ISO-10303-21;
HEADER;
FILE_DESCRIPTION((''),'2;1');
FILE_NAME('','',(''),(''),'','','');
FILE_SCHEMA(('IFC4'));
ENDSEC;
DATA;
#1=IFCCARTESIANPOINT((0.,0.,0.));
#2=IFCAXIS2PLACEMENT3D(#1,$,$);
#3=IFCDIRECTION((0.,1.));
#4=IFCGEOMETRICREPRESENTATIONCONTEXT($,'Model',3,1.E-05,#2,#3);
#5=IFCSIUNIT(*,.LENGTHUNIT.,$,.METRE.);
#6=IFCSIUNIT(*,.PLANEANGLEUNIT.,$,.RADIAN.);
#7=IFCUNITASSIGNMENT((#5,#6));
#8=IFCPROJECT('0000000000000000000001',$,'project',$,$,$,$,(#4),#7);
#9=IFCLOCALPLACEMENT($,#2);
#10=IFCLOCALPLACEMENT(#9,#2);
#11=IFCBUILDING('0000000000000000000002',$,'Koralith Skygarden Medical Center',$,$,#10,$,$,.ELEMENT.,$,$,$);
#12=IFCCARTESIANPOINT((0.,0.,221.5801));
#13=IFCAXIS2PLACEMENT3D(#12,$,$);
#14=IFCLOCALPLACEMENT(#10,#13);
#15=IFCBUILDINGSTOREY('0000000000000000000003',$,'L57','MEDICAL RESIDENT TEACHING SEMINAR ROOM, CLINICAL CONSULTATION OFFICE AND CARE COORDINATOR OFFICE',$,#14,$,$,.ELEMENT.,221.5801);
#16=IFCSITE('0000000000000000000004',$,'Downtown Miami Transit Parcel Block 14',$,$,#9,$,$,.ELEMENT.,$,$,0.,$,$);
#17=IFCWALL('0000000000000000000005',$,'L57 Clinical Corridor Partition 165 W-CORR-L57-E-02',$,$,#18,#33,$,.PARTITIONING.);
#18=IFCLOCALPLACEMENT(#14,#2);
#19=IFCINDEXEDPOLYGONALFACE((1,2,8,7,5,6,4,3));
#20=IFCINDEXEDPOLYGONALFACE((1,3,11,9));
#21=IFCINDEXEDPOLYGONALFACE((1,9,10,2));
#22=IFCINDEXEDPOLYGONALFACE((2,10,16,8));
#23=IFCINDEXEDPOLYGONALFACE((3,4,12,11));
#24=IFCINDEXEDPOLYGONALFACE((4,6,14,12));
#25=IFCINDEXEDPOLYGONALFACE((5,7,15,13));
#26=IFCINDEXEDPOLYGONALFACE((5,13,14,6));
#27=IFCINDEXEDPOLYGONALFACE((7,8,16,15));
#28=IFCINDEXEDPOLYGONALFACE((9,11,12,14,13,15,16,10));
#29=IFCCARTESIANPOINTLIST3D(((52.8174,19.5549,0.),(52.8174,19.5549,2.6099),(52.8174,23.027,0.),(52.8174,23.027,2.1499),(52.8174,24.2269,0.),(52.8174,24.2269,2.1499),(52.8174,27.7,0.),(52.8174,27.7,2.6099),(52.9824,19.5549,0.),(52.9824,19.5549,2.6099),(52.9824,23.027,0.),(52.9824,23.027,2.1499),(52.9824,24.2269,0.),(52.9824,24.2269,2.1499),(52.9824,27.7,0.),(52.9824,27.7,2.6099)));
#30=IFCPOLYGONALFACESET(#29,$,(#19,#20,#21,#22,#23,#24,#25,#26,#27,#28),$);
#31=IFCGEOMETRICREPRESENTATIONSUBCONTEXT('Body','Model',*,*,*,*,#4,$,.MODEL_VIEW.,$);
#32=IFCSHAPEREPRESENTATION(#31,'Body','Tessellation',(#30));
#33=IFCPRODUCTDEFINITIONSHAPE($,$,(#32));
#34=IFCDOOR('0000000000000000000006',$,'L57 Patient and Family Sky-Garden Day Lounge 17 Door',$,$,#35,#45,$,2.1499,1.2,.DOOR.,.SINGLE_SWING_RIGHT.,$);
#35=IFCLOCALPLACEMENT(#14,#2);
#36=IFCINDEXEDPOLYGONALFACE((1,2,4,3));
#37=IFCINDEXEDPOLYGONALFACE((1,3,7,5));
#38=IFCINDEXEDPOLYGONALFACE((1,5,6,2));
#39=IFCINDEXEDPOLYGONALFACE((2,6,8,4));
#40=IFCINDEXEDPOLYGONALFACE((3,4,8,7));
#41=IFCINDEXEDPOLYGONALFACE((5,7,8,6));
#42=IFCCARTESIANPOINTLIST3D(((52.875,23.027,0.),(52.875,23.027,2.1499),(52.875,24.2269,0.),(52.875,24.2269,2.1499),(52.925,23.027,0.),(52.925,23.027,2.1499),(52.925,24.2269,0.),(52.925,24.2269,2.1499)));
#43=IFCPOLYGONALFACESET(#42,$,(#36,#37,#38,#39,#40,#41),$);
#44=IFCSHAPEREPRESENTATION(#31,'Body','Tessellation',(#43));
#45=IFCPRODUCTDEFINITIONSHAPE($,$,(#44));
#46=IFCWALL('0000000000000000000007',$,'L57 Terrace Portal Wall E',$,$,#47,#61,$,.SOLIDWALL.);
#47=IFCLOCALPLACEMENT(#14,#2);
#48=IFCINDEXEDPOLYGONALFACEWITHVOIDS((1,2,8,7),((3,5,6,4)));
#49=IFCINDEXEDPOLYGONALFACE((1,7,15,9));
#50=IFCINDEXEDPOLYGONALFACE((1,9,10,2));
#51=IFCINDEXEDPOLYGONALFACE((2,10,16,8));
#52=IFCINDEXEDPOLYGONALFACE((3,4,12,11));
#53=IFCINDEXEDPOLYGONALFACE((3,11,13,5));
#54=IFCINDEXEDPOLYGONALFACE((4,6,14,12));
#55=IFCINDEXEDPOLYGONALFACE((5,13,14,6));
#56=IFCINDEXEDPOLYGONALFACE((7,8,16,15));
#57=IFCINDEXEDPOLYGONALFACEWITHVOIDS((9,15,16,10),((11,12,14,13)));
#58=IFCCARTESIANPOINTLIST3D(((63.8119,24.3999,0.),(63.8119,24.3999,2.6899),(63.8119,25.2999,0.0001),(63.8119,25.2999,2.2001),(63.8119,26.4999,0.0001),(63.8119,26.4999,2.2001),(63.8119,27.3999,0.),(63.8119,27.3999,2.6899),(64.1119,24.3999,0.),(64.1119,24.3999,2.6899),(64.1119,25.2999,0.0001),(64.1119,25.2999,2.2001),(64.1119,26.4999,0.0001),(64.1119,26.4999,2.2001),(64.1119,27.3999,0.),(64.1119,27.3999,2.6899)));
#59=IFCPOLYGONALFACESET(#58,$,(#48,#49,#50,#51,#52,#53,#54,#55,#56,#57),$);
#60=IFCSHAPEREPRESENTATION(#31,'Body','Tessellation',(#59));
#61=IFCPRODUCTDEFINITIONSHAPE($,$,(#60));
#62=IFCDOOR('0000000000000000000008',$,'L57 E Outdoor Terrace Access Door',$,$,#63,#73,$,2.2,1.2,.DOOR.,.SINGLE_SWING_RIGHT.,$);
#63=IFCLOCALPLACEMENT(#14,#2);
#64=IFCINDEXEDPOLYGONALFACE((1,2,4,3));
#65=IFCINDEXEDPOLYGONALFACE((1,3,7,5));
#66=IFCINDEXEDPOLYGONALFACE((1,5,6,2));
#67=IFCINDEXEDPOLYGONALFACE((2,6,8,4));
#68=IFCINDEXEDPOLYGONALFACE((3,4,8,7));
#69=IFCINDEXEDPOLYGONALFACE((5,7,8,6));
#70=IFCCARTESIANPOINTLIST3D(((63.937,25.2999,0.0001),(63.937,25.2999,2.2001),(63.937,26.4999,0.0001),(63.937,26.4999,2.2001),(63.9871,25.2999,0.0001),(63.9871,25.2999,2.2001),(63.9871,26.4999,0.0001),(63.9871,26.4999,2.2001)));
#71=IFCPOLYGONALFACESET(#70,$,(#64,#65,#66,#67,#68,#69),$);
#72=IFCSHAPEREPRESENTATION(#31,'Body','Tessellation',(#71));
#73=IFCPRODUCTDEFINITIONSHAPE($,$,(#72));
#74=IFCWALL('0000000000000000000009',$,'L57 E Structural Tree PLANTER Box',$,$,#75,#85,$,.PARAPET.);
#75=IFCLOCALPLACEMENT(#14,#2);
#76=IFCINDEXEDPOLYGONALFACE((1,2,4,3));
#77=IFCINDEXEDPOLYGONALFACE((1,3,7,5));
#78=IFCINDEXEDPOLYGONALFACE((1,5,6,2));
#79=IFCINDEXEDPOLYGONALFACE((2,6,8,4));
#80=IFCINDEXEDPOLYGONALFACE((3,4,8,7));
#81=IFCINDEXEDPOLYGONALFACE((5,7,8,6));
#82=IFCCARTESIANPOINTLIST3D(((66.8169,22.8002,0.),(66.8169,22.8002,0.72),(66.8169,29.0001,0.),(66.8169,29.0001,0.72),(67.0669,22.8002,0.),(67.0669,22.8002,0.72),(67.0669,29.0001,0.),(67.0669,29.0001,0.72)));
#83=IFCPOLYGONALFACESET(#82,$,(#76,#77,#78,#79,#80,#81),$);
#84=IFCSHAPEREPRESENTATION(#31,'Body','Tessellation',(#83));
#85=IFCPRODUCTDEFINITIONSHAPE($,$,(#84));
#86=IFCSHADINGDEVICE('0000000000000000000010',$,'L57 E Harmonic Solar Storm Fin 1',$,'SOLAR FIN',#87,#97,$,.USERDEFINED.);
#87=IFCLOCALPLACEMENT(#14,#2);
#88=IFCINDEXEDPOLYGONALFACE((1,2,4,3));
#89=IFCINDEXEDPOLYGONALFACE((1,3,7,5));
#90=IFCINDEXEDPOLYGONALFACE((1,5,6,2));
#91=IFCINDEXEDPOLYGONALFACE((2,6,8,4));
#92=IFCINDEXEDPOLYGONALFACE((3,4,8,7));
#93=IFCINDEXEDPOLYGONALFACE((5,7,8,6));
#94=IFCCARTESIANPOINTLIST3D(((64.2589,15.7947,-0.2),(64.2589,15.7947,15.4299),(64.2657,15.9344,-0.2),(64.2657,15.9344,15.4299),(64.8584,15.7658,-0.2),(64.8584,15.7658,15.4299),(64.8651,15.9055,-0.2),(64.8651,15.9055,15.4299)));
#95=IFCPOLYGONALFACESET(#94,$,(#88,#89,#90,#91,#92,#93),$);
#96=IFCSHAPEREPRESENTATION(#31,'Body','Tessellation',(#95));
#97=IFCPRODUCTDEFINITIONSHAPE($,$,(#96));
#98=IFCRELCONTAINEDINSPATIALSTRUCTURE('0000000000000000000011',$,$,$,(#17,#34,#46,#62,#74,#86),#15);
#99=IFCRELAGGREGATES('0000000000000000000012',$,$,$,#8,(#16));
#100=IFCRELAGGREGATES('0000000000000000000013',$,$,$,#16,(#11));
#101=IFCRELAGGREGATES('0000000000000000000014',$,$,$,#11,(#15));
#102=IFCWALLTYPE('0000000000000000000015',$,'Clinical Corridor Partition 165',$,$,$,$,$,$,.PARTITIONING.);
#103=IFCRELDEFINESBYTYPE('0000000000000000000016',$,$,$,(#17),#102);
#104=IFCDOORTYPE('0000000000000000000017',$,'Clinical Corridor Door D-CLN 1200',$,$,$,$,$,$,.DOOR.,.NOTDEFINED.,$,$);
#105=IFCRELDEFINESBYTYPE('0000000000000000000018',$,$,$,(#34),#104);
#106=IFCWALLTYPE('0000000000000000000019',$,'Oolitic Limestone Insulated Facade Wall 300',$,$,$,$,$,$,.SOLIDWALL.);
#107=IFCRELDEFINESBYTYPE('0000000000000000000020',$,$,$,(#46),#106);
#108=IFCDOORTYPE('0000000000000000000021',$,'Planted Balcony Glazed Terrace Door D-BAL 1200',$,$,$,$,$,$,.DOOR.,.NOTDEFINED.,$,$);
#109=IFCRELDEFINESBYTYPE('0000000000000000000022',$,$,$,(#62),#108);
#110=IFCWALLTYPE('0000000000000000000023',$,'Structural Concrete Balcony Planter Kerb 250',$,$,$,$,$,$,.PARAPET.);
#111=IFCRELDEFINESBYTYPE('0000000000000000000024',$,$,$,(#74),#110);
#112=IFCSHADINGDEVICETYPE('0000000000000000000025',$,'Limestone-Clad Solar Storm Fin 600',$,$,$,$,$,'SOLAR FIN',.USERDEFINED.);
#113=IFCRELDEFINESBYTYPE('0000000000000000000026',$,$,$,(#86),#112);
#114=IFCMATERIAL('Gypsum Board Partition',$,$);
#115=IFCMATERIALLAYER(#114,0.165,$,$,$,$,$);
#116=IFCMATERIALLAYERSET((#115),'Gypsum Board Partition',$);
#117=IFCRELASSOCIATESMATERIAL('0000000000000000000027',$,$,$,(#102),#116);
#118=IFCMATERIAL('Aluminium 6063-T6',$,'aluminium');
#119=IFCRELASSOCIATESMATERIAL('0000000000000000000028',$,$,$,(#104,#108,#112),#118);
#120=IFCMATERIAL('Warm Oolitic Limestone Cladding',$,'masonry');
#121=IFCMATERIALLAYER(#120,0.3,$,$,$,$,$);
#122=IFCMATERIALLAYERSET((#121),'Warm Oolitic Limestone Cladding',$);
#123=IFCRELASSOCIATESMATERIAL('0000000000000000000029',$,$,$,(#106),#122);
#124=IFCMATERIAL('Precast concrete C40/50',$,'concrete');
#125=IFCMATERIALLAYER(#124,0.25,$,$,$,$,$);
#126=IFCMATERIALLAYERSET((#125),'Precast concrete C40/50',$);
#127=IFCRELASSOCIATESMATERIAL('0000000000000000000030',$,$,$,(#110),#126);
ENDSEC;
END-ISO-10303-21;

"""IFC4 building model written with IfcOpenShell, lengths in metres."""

from ifc_helpers import new_model, si_unit, direction, frame, frame_2d, origin, origin_2d, place, context, subcontext, project, spatial, rectangle, extrude, material, layer, layer_set, type_object, element, fill, save


model = new_model("IFC4")

# Units and contexts
model_context = context("Model", 3, precision=1e-05, world=origin(), true_north=direction((0.0, 1.0)))
body_context = subcontext(model_context, "Body", "Model", "MODEL_VIEW")
ifc_project = project(units=[si_unit("LENGTHUNIT", "METRE"), si_unit("PLANEANGLEUNIT", "RADIAN")], contexts=[model_context])

# Site, building, storey
site_placement = place(None, origin())
site = spatial("IfcSite", under=ifc_project, at=site_placement, Name="Downtown Miami Transit Parcel Block 14", CompositionType="ELEMENT", RefElevation=0.0)
building_placement = place(site_placement, origin())
building = spatial("IfcBuilding", under=site, at=building_placement, Name="Koralith Skygarden Medical Center", CompositionType="ELEMENT")
storey_placement = place(building_placement, frame((0.0, 0.0, 221.5801)))
storey = spatial("IfcBuildingStorey", under=building, at=storey_placement, Name="L57", Description="MEDICAL RESIDENT TEACHING SEMINAR ROOM, CLINICAL CONSULTATION OFFICE AND CARE COORDINATOR OFFICE", CompositionType="ELEMENT", Elevation=221.5801)

# Shared definitions
ifc_material_1 = material(Name="Aluminium 6063-T6", Category="aluminium")

# Walls, openings, doors
ifc_material_2 = material(Name="Gypsum Board Partition")
ifc_layer_1 = layer(ifc_material_2, 0.165)
ifc_layer_set_1 = layer_set([ifc_layer_1], Name="Gypsum Board Partition")
wall_type_1 = type_object("IfcWallType", Name="Clinical Corridor Partition 165", PredefinedType="PARTITIONING", material=ifc_layer_set_1)
wall_1_placement = place(storey_placement, frame((52.8999, 19.5549, 0.0), z_axis=(0.0, 0.0, 1.0), x_axis=(0.0, 1.0, 0.0)))
wall_1 = element("IfcWall", 1, at=wall_1_placement, inside=storey, type_object=wall_type_1, Name="L57 Clinical Corridor Partition 165 W-CORR-L57-E-02", PredefinedType="PARTITIONING", context=body_context, shape_type="SweptSolid", body=[
    extrude(rectangle(XDim=8.145, YDim=0.165, at=frame_2d((4.0725, 0.0))), origin(), (0.0, 0.0, 1.0), 2.6099),
])
opening_1_placement = place(wall_1_placement, frame((3.4719, 0.0, 0.0)))
opening_1 = element("IfcOpeningElement", 2, at=opening_1_placement, cuts=wall_1, PredefinedType="OPENING", context=body_context, shape_type="SweptSolid", body=[
    extrude(rectangle(XDim=1.2, YDim=2.1499, at=frame_2d((0.6001, 1.075))), frame((0.0, 0.0925, 0.0), z_axis=(0.0, -1.0, 0.0), x_axis=(1.0, 0.0, 0.0)), (0.0, 0.0, 1.0), 0.1851),
])
door_type_1 = type_object("IfcDoorType", Name="Clinical Corridor Door D-CLN 1200", OperationType="NOTDEFINED", PredefinedType="DOOR", material=ifc_material_1)
door_1_placement = place(opening_1_placement, origin())
door_1 = element("IfcDoor", 3, at=door_1_placement, inside=storey, type_object=door_type_1, Name="L57 Patient and Family Sky-Garden Day Lounge 17 Door", OperationType="SINGLE_SWING_RIGHT", OverallHeight=2.1499, OverallWidth=1.2, PredefinedType="DOOR", context=body_context, shape_type="SweptSolid", body=[
    extrude(rectangle(XDim=1.2, YDim=2.1499, at=frame_2d((0.6001, 1.075))), frame((0.0, 0.0249, 0.0), z_axis=(0.0, -1.0, 0.0), x_axis=(1.0, 0.0, 0.0)), (0.0, 0.0, 1.0), 0.05),
])
fill(opening_1, door_1)
ifc_material_3 = material(Name="Warm Oolitic Limestone Cladding", Category="masonry")
ifc_layer_2 = layer(ifc_material_3, 0.3)
ifc_layer_set_2 = layer_set([ifc_layer_2], Name="Warm Oolitic Limestone Cladding")
wall_type_2 = type_object("IfcWallType", Name="Oolitic Limestone Insulated Facade Wall 300", PredefinedType="SOLIDWALL", material=ifc_layer_set_2)
wall_2_placement = place(storey_placement, frame((63.9619, 24.3999, 0.0), z_axis=(0.0, 0.0, 1.0), x_axis=(0.0, 1.0, 0.0)))
wall_2 = element("IfcWall", 4, at=wall_2_placement, inside=storey, type_object=wall_type_2, Name="L57 Terrace Portal Wall E", PredefinedType="SOLIDWALL", context=body_context, shape_type="SweptSolid", body=[
    extrude(rectangle(XDim=3.0, YDim=0.3, at=frame_2d((1.5, 0.0))), origin(), (0.0, 0.0, 1.0), 2.6899),
])
opening_2_placement = place(wall_2_placement, frame((0.8999, 0.0, 0.0)))
opening_2 = element("IfcOpeningElement", 5, at=opening_2_placement, cuts=wall_2, PredefinedType="OPENING", context=body_context, shape_type="SweptSolid", body=[
    extrude(rectangle(XDim=1.2, YDim=2.2, at=frame_2d((0.6001, 1.1001))), frame((0.0, 0.1599, 0.0), z_axis=(0.0, -1.0, 0.0), x_axis=(1.0, 0.0, 0.0)), (0.0, 0.0, 1.0), 0.3201),
])
door_type_2 = type_object("IfcDoorType", Name="Planted Balcony Glazed Terrace Door D-BAL 1200", OperationType="NOTDEFINED", PredefinedType="DOOR", material=ifc_material_1)
door_2_placement = place(opening_2_placement, origin())
door_2 = element("IfcDoor", 6, at=door_2_placement, inside=storey, type_object=door_type_2, Name="L57 E Outdoor Terrace Access Door", OperationType="SINGLE_SWING_RIGHT", OverallHeight=2.2, OverallWidth=1.2, PredefinedType="DOOR", context=body_context, shape_type="SweptSolid", body=[
    extrude(rectangle(XDim=1.2, YDim=2.2, at=frame_2d((0.6001, 1.1001))), frame((0.0, 0.0249, 0.0), z_axis=(0.0, -1.0, 0.0), x_axis=(1.0, 0.0, 0.0)), (0.0, 0.0, 1.0), 0.05),
])
fill(opening_2, door_2)

# Wall
ifc_material_4 = material(Name="Precast concrete C40/50", Category="concrete")
ifc_layer_3 = layer(ifc_material_4, 0.25)
ifc_layer_set_3 = layer_set([ifc_layer_3], Name="Precast concrete C40/50")
wall_type_3 = type_object("IfcWallType", Name="Structural Concrete Balcony Planter Kerb 250", PredefinedType="PARAPET", material=ifc_layer_set_3)
wall_3_placement = place(storey_placement, frame((66.9419, 22.8, 0.0), z_axis=(0.0, 0.0, 1.0), x_axis=(0.0, 1.0, 0.0)))
element("IfcWall", 7, at=wall_3_placement, inside=storey, type_object=wall_type_3, Name="L57 E Structural Tree PLANTER Box", PredefinedType="PARAPET", context=body_context, shape_type="SweptSolid", body=[
    extrude(rectangle(XDim=6.2, YDim=0.25, at=frame_2d((3.1001, 0.0))), origin(), (0.0, 0.0, 1.0), 0.72),
])

# Shading device
shading_device_type_1 = type_object("IfcShadingDeviceType", Name="Limestone-Clad Solar Storm Fin 600", ElementType="SOLAR FIN", PredefinedType="USERDEFINED", material=ifc_material_1)
shading_device_1_placement = place(storey_placement, frame((64.562, 15.8501, -0.2), z_axis=(0.0, 0.0, 1.0), x_axis=(0.998843, -0.048083, 0.0)))
element("IfcShadingDevice", 8, at=shading_device_1_placement, inside=storey, type_object=shading_device_type_1, Name="L57 E Harmonic Solar Storm Fin 1", ObjectType="SOLAR FIN", PredefinedType="USERDEFINED", context=body_context, shape_type="SweptSolid", body=[
    extrude(rectangle(XDim=0.6001, YDim=0.1399, at=origin_2d()), origin(), (0.0, 0.0, 1.0), 15.6299),
])

save(model, "model.ifc")
